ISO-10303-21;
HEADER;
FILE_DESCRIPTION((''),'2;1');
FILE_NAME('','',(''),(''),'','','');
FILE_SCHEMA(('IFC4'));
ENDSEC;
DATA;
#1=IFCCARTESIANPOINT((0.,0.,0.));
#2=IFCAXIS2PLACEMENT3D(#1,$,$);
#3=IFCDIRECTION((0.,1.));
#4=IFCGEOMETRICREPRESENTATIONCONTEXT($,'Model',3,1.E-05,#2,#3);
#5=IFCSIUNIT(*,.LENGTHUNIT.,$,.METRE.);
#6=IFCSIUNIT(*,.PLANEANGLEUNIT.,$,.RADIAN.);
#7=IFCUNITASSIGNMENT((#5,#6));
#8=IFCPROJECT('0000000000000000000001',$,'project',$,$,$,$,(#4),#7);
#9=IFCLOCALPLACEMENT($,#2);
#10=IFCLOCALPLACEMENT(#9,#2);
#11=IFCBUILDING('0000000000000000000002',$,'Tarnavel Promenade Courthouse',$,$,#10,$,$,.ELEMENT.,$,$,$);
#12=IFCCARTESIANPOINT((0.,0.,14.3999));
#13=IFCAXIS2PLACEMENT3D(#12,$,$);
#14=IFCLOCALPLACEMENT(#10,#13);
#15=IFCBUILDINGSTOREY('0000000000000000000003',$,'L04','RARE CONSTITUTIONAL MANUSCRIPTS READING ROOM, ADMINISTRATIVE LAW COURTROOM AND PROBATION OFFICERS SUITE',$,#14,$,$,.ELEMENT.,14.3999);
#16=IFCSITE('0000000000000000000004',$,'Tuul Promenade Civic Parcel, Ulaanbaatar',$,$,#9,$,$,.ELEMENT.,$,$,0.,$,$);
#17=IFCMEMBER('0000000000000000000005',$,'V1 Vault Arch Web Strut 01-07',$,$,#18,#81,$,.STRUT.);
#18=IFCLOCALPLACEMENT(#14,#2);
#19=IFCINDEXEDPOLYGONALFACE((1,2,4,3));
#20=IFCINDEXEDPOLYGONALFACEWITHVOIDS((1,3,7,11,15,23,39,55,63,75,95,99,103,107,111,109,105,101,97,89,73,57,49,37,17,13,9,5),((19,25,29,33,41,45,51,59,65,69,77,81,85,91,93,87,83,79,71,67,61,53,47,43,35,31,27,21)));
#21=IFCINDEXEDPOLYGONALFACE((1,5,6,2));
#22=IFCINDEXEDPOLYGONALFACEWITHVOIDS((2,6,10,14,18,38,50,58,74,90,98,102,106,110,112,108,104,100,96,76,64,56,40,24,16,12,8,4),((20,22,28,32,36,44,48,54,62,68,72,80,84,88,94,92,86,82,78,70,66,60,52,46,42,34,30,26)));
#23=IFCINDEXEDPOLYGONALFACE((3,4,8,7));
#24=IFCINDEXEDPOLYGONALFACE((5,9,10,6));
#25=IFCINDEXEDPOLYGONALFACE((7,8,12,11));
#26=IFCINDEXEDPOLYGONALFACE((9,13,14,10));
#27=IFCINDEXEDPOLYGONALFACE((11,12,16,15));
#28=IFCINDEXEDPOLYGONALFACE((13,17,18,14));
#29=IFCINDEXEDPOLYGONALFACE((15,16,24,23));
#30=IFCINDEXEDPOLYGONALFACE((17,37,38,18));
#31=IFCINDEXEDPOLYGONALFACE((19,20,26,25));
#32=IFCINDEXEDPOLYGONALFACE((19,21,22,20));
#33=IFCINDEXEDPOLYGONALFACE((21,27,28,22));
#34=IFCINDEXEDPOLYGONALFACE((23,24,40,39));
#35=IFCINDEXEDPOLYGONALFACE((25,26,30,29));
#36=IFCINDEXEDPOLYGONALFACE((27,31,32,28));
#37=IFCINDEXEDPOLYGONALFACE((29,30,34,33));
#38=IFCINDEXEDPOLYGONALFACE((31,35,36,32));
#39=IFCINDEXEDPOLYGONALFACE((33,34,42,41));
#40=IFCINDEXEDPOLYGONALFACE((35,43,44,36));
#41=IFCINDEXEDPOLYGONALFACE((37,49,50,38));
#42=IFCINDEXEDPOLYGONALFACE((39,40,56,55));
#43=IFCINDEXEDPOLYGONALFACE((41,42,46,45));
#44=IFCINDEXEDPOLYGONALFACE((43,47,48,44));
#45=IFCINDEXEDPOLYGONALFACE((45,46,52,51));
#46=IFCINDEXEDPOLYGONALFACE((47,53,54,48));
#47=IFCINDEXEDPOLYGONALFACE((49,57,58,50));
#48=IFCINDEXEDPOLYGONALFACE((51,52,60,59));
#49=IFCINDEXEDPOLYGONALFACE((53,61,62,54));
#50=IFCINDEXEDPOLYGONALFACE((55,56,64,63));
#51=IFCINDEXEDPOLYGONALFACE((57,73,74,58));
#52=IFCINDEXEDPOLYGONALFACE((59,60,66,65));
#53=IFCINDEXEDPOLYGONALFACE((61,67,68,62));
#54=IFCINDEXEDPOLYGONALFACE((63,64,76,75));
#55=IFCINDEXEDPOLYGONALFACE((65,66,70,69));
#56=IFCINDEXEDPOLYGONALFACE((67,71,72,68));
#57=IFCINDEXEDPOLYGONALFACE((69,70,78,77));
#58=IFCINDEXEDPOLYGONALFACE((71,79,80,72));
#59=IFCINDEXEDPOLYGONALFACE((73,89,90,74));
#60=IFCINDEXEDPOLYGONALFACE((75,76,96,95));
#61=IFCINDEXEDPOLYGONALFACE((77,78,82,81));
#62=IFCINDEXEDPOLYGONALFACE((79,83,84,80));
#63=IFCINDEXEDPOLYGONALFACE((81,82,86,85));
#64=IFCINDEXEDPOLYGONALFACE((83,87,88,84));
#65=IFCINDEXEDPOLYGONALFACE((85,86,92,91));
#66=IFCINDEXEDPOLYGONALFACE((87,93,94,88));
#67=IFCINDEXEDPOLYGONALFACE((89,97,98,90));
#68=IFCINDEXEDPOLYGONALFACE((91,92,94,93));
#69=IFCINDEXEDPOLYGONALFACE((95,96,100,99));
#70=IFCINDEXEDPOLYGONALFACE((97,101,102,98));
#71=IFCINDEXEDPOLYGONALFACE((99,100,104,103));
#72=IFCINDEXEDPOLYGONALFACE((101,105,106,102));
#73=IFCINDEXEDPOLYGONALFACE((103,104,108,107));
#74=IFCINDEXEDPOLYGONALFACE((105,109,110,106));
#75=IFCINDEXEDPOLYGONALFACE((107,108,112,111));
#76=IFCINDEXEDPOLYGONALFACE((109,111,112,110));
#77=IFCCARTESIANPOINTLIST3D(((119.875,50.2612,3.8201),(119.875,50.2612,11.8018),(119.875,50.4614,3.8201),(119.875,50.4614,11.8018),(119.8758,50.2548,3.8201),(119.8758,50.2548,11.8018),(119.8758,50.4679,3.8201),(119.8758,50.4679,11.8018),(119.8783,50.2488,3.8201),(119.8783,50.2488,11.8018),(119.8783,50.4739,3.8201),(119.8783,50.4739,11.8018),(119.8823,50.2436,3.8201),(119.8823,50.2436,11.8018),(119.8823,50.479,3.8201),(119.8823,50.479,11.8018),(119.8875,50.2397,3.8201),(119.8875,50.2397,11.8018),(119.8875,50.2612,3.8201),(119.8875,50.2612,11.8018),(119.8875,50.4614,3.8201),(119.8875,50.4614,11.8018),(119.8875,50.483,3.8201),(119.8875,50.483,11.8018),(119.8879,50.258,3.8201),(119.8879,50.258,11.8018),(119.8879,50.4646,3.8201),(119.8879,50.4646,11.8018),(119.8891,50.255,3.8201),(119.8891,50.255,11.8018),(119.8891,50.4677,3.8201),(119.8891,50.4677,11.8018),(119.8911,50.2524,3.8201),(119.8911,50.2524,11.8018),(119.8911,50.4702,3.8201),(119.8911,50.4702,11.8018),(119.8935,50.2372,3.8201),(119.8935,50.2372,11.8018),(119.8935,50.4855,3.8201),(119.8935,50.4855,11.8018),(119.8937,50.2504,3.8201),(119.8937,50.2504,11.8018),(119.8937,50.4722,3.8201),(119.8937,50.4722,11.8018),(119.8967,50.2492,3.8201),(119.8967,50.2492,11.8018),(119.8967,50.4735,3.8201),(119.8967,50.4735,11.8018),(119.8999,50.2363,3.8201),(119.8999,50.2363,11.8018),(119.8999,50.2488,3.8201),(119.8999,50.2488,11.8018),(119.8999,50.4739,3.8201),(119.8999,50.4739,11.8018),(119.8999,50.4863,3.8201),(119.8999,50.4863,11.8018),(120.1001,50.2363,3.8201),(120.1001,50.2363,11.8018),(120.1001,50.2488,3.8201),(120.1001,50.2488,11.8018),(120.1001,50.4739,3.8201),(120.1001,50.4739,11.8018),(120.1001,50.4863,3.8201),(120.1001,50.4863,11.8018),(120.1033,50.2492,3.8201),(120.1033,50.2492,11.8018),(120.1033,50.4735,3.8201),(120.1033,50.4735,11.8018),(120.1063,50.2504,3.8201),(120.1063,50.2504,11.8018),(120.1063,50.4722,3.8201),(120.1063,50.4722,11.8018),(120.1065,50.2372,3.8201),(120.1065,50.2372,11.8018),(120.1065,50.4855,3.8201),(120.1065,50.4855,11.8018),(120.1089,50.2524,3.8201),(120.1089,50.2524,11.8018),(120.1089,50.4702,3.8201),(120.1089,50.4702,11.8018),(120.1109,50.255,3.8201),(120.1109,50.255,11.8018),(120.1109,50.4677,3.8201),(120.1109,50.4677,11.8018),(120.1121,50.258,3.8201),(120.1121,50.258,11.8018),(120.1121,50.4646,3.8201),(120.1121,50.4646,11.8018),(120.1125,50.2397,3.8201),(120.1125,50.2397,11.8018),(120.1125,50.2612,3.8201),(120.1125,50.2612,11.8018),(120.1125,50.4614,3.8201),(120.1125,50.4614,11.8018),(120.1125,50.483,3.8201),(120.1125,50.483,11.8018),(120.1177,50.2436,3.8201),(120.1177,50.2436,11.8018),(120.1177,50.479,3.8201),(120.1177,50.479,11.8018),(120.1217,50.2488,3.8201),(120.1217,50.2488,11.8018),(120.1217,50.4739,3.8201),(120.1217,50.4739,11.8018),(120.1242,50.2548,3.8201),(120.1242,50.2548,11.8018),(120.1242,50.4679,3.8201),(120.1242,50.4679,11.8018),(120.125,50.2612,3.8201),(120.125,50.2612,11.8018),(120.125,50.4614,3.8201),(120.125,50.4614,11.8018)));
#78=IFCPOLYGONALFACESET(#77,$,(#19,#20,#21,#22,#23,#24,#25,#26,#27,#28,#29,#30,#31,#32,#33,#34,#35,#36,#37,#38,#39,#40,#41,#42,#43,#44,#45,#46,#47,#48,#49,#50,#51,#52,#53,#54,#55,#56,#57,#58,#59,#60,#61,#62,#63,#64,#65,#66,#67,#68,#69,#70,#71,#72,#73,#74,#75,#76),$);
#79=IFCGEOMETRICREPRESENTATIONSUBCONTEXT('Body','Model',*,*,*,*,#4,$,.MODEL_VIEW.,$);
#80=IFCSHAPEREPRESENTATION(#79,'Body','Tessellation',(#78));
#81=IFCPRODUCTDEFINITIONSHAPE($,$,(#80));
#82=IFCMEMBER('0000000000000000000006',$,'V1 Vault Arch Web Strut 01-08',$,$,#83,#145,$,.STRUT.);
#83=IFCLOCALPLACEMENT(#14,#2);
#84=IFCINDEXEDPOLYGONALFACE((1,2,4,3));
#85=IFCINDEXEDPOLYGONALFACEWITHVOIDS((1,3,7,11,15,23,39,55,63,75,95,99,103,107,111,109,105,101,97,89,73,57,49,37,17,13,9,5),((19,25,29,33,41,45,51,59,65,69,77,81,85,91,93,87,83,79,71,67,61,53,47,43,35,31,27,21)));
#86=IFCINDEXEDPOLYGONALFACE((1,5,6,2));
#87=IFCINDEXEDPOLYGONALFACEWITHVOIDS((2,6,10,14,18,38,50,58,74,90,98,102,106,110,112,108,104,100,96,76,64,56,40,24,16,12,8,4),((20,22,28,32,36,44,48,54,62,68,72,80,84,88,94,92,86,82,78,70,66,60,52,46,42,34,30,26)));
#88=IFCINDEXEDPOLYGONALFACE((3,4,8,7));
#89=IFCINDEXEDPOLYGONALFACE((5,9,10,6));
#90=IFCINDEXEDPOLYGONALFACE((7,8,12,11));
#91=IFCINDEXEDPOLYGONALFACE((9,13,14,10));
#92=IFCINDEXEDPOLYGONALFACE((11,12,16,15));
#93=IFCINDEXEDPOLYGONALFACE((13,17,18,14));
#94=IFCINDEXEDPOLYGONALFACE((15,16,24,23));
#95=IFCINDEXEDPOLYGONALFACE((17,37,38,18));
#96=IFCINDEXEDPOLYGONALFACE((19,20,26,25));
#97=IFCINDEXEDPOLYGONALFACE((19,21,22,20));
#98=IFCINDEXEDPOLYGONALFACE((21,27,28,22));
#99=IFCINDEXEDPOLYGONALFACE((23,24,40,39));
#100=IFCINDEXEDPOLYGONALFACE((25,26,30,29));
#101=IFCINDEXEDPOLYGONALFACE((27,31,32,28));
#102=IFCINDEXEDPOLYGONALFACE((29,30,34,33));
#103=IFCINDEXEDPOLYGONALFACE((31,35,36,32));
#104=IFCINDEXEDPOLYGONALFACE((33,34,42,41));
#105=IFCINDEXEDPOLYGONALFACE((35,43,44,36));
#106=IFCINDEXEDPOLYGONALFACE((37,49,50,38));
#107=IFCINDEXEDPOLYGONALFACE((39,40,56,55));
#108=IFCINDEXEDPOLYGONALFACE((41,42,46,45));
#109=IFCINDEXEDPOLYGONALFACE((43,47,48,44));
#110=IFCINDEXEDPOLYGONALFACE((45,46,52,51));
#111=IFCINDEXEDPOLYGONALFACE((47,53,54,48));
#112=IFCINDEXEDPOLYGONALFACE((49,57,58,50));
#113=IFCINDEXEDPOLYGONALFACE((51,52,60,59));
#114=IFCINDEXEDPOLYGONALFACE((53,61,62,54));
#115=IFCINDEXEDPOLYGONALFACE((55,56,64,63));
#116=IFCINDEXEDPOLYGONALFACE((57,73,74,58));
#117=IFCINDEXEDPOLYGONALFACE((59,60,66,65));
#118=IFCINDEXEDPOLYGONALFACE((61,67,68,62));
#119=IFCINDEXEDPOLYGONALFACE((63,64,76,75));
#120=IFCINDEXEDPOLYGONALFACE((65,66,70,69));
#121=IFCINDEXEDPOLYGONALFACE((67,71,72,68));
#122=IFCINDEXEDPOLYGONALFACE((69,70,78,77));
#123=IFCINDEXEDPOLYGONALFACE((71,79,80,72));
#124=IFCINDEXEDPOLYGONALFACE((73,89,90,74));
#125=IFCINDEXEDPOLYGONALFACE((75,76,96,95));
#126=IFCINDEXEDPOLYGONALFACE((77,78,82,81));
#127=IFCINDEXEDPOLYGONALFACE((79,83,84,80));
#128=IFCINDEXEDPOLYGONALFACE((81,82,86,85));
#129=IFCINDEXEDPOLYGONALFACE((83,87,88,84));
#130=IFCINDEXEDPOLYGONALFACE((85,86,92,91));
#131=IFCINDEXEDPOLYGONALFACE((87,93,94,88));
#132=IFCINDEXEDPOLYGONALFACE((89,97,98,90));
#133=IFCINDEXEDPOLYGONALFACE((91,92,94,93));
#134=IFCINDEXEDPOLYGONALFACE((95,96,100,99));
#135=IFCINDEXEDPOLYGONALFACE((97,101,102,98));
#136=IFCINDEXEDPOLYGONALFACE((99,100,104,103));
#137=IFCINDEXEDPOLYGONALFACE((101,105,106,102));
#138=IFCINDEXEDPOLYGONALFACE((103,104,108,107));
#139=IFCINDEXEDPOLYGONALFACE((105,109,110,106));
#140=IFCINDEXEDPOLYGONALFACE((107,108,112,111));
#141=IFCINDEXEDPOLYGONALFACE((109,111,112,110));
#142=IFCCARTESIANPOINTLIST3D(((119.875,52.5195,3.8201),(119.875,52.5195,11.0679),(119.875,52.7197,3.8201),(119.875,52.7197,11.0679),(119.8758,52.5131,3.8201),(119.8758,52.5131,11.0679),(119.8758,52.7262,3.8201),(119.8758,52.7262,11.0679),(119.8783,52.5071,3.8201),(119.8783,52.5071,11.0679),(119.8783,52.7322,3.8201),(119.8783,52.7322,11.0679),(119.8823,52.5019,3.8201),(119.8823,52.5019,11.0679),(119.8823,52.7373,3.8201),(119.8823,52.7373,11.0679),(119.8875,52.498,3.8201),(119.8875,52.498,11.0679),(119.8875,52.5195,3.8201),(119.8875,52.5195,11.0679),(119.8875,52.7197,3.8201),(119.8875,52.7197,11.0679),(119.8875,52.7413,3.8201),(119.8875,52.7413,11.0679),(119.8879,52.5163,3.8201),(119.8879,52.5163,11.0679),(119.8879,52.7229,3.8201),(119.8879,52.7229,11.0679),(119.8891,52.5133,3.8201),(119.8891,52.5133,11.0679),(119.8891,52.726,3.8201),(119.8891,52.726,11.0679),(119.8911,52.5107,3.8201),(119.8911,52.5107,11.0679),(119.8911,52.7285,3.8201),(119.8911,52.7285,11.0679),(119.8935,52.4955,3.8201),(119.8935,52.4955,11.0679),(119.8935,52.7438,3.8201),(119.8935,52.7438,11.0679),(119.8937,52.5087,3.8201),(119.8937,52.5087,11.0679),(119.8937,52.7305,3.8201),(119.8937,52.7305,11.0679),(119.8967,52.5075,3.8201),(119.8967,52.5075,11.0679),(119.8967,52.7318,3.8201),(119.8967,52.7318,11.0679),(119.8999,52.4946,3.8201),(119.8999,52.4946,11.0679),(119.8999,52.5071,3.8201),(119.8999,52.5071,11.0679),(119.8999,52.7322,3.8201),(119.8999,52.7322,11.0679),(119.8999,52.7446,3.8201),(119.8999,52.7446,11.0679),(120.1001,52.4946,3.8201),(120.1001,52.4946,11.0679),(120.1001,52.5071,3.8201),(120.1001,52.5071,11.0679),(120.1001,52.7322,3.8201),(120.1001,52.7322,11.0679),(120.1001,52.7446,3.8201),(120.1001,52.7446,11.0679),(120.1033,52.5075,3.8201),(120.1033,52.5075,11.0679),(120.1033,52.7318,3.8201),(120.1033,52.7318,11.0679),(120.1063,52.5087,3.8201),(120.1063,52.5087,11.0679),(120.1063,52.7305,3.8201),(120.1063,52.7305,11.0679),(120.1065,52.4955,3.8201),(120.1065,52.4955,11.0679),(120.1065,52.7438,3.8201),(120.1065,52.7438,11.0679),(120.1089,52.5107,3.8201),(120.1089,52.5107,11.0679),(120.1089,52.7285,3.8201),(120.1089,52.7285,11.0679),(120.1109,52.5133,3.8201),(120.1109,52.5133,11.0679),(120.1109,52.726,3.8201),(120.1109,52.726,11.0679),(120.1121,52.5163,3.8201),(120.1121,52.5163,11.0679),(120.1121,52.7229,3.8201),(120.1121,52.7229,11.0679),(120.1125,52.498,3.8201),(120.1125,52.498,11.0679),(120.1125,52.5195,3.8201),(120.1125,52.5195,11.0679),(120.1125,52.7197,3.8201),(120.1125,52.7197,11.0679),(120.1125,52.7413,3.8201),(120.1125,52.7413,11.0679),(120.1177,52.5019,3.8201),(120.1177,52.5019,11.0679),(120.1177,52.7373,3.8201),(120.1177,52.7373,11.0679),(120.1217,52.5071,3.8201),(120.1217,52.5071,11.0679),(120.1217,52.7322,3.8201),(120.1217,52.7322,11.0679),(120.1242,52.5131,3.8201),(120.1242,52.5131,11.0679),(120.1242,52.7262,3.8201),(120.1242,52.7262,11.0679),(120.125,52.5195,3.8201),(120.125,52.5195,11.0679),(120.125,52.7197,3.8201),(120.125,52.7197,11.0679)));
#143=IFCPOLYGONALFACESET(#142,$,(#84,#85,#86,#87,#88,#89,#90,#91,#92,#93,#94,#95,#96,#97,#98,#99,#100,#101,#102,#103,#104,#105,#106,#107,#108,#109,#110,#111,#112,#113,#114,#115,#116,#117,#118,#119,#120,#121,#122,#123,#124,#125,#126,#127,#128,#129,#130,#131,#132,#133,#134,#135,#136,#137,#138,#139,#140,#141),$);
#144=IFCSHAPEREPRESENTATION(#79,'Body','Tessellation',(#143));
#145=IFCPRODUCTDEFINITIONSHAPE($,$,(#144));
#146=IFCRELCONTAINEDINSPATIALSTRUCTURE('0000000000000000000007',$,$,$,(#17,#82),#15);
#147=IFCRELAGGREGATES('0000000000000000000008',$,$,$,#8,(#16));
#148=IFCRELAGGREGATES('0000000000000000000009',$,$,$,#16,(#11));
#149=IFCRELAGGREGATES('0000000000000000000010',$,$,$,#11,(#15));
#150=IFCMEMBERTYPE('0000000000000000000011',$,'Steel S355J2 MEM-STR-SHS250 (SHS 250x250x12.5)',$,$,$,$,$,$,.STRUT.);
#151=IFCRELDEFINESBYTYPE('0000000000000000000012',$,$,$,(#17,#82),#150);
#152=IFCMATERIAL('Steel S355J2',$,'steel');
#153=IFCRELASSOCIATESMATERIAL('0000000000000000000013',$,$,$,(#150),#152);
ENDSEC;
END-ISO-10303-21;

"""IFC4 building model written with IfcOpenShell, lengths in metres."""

from ifc_helpers import new_model, si_unit, direction, frame, origin, origin_2d, place, context, subcontext, project, spatial, hollow_rectangle, extrude, material, material_profile, profile_set, type_object, element, save


model = new_model("IFC4")

# Units and contexts
model_context = context("Model", 3, precision=1e-05, world=origin(), true_north=direction((0.0, 1.0)))
body_context = subcontext(model_context, "Body", "Model", "MODEL_VIEW")
ifc_project = project(units=[si_unit("LENGTHUNIT", "METRE"), si_unit("PLANEANGLEUNIT", "RADIAN")], contexts=[model_context])

# Site, building, storey
site_placement = place(None, origin())
site = spatial("IfcSite", under=ifc_project, at=site_placement, Name="Tuul Promenade Civic Parcel, Ulaanbaatar", CompositionType="ELEMENT", RefElevation=0.0)
building_placement = place(site_placement, origin())
building = spatial("IfcBuilding", under=site, at=building_placement, Name="Tarnavel Promenade Courthouse", CompositionType="ELEMENT")
storey_placement = place(building_placement, frame((0.0, 0.0, 14.3999)))
storey = spatial("IfcBuildingStorey", under=building, at=storey_placement, Name="L04", Description="RARE CONSTITUTIONAL MANUSCRIPTS READING ROOM, ADMINISTRATIVE LAW COURTROOM AND PROBATION OFFICERS SUITE", CompositionType="ELEMENT", Elevation=14.3999)

# Shared definitions
ifc_material_1 = material(Name="Steel S355J2", Category="steel")

# Members
ifc_material_profile_1 = material_profile(ifc_material_1, hollow_rectangle(XDim=0.25, YDim=0.25, WallThickness=0.0125, InnerFilletRadius=0.0125, OuterFilletRadius=0.0249, at=origin_2d()), Name="SHS 250x250x12.5")
ifc_profile_set_1 = profile_set([ifc_material_profile_1], Name="Steel S355J2")
member_type_1 = type_object("IfcMemberType", Name="Steel S355J2 MEM-STR-SHS250 (SHS 250x250x12.5)", PredefinedType="STRUT", material=ifc_profile_set_1)
member_1_placement = place(storey_placement, frame((120.0, 50.3613, 3.8201), z_axis=(0.0, 0.0, 1.0), x_axis=(1.0, 0.0, 0.0)))
element("IfcMember", 1, at=member_1_placement, inside=storey, type_object=member_type_1, Name="V1 Vault Arch Web Strut 01-07", PredefinedType="STRUT", context=body_context, shape_type="SweptSolid", body=[
    extrude(hollow_rectangle(XDim=0.25, YDim=0.25, WallThickness=0.0125, InnerFilletRadius=0.0125, OuterFilletRadius=0.0249, at=origin_2d()), origin(), (0.0, 0.0, 1.0), 7.9817),
])
member_2_placement = place(storey_placement, frame((120.0, 52.6196, 3.8201), z_axis=(0.0, 0.0, 1.0), x_axis=(1.0, 0.0, 0.0)))
element("IfcMember", 2, at=member_2_placement, inside=storey, type_object=member_type_1, Name="V1 Vault Arch Web Strut 01-08", PredefinedType="STRUT", context=body_context, shape_type="SweptSolid", body=[
    extrude(hollow_rectangle(XDim=0.25, YDim=0.25, WallThickness=0.0125, InnerFilletRadius=0.0125, OuterFilletRadius=0.0249, at=origin_2d()), origin(), (0.0, 0.0, 1.0), 7.2478),
])

save(model, "model.ifc")
